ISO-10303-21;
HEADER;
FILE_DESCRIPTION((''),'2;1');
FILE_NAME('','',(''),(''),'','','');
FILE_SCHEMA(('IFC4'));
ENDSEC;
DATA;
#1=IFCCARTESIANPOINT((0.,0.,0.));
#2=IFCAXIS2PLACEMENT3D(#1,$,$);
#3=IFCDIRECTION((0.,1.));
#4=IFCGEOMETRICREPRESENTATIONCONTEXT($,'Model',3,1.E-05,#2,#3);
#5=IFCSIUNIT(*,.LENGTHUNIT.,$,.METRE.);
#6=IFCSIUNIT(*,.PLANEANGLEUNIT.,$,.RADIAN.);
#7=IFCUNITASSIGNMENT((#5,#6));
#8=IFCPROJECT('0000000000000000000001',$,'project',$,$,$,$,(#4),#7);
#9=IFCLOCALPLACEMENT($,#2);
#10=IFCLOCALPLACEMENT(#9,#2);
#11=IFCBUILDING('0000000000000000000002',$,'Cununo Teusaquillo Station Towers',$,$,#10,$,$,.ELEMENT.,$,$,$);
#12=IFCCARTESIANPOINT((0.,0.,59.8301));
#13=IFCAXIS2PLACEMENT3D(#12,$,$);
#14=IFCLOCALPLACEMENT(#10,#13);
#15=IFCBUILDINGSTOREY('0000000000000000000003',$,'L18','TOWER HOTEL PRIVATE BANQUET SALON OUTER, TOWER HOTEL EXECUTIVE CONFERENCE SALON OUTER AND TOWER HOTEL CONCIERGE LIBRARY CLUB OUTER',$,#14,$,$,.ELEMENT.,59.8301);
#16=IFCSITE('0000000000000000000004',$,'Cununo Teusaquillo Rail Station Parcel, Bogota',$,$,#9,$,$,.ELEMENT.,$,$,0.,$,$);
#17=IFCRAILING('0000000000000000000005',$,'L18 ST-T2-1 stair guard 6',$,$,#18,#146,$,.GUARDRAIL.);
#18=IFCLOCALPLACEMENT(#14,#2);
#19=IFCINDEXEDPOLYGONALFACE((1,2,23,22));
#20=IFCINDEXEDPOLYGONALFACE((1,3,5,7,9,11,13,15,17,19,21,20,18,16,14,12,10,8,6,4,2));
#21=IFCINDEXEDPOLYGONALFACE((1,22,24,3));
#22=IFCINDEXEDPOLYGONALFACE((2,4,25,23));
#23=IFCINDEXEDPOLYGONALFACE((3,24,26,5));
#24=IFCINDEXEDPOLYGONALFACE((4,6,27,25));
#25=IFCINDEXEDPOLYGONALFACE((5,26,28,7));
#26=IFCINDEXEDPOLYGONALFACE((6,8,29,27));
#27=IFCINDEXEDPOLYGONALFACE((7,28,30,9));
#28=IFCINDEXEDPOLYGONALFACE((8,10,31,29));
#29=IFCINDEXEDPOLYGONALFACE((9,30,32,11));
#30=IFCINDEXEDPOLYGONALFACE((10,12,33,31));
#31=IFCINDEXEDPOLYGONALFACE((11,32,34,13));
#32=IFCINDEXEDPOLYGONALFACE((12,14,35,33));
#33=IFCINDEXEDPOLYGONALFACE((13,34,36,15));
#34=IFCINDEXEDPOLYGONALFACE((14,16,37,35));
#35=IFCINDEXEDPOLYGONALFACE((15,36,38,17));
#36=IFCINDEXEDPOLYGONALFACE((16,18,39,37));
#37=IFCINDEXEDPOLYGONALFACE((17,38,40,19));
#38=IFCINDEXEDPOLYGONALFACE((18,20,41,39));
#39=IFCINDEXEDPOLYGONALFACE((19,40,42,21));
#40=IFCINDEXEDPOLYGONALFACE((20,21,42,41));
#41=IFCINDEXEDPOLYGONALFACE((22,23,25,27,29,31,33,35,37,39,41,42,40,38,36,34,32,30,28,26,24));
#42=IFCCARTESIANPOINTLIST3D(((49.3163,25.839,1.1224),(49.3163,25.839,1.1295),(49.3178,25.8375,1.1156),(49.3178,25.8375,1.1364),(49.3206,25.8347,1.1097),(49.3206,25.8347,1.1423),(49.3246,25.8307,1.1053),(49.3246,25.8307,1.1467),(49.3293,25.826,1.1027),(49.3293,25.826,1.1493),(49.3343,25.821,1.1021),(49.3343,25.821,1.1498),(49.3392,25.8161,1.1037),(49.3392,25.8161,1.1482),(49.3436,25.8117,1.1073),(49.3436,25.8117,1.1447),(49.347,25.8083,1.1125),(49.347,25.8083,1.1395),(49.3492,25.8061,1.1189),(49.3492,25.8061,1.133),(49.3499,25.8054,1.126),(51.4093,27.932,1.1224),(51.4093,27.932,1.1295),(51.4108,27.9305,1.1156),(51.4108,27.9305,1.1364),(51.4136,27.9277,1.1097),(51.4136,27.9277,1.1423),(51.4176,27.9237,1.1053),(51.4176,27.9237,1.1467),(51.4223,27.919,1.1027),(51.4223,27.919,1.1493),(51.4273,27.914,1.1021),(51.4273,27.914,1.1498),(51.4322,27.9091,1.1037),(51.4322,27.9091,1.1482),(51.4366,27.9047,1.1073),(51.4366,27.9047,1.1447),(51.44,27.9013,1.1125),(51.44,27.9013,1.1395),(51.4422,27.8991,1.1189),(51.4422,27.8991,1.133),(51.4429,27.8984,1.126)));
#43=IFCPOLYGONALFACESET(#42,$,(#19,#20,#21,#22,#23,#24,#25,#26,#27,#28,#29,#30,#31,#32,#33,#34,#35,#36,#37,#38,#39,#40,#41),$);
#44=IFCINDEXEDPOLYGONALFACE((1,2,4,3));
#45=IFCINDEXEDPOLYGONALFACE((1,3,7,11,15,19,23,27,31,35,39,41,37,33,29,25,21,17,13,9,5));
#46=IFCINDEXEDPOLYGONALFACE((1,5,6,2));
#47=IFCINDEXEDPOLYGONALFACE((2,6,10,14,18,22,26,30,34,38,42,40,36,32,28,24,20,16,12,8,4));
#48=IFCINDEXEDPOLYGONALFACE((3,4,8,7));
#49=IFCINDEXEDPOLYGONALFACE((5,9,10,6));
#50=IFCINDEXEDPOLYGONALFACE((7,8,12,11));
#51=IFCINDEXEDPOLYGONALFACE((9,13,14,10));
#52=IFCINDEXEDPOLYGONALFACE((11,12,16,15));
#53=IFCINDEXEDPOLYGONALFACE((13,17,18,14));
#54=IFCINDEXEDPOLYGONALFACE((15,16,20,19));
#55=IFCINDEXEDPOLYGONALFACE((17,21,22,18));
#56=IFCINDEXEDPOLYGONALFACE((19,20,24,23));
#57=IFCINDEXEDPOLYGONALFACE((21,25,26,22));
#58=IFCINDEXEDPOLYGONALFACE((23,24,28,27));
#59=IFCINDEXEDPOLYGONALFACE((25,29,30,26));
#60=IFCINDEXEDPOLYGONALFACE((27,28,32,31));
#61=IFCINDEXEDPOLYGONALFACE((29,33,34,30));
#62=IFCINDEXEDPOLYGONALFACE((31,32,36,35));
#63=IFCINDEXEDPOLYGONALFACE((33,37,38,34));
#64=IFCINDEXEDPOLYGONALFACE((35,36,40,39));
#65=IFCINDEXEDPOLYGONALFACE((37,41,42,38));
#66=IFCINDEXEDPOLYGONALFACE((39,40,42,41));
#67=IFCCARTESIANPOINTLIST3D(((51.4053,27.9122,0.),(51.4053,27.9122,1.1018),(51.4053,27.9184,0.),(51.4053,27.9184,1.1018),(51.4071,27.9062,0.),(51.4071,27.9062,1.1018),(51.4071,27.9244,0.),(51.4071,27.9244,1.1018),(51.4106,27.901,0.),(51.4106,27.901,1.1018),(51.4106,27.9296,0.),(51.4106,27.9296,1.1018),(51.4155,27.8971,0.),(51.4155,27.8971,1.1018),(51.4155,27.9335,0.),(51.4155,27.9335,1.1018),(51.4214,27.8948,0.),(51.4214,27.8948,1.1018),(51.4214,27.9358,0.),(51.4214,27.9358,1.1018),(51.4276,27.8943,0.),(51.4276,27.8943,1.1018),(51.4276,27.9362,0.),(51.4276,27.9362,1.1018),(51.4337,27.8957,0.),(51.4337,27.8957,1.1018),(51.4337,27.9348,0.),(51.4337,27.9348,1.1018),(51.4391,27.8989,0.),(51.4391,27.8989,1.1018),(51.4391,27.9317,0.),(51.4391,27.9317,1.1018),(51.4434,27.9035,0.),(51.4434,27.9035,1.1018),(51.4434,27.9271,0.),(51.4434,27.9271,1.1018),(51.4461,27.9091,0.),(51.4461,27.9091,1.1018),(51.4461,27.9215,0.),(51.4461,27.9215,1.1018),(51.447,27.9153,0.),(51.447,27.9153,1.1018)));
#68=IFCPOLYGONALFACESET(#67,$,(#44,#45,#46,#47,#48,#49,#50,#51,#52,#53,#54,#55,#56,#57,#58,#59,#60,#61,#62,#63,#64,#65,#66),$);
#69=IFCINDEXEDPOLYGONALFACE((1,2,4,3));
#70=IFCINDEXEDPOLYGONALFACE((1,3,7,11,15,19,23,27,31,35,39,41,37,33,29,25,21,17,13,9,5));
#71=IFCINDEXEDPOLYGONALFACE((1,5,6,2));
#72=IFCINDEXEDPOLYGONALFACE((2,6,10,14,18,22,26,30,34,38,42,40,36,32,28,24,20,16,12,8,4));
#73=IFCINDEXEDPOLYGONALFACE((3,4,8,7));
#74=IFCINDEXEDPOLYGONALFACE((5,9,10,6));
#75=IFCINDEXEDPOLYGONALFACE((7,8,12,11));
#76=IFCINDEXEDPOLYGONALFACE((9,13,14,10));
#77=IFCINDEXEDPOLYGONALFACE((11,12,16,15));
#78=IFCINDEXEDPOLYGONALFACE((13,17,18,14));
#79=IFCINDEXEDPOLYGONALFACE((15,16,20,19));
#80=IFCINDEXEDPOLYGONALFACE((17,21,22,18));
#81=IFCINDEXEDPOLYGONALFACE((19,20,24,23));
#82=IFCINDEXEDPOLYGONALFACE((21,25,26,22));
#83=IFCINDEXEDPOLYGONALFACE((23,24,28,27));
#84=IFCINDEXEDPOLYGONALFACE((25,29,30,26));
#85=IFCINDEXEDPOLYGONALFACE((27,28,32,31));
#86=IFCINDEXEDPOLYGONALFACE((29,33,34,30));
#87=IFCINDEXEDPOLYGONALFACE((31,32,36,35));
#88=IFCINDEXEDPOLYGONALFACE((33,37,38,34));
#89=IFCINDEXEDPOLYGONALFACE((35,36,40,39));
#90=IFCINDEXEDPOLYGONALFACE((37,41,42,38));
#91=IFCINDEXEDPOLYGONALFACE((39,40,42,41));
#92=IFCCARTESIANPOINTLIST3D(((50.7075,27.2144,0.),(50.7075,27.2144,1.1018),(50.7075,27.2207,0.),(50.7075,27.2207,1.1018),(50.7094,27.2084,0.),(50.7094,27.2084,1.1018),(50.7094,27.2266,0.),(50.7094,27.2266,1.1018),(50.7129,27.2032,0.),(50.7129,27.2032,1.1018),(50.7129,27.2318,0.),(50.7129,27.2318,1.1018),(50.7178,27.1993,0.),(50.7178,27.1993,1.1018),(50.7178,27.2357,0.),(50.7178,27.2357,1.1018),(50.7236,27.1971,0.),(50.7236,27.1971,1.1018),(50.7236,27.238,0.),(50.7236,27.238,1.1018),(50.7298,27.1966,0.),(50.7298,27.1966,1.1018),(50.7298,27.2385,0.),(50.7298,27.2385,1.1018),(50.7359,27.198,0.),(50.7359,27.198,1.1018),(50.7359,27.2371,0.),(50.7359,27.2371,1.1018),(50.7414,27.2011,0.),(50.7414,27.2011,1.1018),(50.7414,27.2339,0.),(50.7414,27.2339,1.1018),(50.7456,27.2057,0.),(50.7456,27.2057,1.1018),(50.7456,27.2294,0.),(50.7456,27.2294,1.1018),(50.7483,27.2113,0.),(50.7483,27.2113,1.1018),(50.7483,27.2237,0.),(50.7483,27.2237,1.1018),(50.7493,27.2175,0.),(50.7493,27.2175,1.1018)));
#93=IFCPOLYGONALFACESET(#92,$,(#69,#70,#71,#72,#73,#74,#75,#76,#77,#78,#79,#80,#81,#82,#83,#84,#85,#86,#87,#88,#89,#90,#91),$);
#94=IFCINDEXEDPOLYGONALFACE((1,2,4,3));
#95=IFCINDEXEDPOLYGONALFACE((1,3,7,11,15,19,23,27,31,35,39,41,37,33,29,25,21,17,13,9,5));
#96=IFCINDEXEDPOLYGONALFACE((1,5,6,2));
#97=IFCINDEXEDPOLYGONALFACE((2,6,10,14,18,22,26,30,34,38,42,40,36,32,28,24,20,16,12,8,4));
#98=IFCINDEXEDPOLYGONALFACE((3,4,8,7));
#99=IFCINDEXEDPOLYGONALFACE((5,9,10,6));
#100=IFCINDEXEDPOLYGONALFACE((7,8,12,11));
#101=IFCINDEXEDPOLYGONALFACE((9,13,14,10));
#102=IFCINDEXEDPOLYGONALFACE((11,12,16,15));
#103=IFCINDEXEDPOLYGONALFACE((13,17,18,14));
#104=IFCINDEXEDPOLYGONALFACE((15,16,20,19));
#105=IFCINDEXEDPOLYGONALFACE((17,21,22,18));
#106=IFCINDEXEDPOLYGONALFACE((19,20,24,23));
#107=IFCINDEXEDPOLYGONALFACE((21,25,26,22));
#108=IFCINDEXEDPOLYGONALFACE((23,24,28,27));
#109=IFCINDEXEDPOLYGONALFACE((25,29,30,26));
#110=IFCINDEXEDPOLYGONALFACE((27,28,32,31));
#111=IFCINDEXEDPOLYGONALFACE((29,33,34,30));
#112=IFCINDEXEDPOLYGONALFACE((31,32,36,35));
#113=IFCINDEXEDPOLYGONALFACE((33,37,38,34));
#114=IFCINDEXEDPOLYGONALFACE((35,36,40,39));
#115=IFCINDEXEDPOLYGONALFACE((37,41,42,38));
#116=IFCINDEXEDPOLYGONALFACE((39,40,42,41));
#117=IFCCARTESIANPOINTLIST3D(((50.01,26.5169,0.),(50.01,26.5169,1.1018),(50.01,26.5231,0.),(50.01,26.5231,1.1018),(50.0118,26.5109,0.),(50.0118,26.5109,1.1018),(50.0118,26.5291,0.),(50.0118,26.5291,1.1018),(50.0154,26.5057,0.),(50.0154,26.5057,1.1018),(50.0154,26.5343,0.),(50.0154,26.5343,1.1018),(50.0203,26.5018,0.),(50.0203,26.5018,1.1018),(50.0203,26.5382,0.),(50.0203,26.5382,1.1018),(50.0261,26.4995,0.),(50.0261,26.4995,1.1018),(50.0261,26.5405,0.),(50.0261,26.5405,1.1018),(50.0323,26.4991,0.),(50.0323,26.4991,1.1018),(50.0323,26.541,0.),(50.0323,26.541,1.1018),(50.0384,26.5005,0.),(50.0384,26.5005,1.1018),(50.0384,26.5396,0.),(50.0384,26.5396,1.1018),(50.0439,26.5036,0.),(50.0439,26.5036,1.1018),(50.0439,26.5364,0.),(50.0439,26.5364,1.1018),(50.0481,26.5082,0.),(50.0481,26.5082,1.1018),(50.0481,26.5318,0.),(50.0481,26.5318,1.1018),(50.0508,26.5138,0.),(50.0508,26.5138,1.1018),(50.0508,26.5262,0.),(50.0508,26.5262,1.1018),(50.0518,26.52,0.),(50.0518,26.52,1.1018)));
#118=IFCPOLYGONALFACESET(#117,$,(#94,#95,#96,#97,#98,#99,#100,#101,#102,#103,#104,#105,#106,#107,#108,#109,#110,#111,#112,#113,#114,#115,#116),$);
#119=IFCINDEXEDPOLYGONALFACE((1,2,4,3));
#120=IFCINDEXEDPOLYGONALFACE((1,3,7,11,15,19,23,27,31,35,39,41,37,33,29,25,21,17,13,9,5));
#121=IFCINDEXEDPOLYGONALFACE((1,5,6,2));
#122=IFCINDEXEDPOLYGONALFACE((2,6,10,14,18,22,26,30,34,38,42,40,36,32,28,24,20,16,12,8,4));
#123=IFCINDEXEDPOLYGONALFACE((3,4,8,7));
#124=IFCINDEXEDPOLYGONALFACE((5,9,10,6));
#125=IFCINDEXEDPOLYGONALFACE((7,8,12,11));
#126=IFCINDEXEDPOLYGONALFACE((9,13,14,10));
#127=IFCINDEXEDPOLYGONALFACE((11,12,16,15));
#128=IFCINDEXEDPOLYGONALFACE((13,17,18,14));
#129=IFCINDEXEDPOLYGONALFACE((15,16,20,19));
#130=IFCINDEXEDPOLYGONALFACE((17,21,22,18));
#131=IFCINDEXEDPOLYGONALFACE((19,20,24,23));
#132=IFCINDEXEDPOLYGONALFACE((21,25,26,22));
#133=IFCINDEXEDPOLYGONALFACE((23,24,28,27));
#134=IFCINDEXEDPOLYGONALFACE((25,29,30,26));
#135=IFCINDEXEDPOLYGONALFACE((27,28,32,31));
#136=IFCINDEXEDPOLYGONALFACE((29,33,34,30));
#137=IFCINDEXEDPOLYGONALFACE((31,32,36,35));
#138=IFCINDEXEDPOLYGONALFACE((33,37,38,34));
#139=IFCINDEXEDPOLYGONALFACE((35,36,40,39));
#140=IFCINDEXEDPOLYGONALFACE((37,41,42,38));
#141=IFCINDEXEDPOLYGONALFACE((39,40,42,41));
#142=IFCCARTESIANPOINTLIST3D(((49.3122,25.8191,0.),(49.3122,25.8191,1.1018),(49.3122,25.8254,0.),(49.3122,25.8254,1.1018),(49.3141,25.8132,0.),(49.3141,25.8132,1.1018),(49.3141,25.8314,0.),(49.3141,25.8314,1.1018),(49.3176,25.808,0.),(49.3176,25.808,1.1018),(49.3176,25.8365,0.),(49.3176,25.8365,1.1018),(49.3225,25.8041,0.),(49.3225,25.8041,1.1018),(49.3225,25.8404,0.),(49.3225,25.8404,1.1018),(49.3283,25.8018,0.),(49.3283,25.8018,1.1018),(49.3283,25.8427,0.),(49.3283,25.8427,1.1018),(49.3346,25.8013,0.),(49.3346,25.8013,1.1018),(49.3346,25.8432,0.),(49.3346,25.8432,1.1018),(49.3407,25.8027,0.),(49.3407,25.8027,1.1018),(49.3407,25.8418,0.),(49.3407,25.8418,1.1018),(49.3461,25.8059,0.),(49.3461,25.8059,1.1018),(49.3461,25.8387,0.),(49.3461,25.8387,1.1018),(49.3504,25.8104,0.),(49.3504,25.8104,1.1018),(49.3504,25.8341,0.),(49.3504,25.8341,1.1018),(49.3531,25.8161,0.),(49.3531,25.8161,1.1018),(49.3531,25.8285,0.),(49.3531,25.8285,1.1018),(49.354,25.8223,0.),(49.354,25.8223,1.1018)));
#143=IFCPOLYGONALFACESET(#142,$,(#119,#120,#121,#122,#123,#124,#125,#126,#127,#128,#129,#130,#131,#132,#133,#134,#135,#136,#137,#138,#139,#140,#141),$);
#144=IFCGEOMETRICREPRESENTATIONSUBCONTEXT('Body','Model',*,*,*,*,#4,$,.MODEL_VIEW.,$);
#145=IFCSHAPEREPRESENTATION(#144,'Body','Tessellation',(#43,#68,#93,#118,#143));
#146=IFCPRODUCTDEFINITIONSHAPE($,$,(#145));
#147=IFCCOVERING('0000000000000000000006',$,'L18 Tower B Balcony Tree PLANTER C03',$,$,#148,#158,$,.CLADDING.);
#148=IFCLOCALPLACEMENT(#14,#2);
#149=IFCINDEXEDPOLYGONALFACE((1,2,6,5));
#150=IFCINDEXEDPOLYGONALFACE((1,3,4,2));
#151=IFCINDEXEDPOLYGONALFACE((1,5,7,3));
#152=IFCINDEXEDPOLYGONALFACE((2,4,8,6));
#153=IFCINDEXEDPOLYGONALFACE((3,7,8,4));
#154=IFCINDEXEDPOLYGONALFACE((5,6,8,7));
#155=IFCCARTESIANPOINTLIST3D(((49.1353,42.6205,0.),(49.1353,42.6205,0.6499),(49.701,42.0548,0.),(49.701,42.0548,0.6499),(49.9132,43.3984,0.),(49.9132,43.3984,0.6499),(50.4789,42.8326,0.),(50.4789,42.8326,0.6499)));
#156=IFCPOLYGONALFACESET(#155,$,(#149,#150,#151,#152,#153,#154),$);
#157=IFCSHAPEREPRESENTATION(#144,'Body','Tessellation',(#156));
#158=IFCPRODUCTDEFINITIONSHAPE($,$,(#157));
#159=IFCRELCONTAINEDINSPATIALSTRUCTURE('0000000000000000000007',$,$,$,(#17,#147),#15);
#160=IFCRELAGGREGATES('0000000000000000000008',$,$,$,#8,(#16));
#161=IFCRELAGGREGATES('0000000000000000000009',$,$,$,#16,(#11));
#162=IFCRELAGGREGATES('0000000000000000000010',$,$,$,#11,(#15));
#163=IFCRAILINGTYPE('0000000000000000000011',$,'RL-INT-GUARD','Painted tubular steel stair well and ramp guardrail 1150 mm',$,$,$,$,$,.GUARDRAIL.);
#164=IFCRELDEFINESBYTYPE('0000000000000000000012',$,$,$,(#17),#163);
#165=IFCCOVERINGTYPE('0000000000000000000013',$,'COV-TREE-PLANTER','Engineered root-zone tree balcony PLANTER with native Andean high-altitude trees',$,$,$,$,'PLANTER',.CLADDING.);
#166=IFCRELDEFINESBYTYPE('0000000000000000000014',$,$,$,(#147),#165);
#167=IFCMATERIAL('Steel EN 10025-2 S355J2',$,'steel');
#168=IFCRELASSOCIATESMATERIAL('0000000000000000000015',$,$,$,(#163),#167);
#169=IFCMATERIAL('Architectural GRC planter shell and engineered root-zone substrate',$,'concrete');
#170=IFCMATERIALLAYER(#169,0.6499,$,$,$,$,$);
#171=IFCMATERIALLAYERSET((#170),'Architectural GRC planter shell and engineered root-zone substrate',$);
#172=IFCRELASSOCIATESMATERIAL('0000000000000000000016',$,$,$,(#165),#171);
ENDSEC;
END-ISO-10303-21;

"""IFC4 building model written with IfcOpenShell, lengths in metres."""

from ifc_helpers import new_model, si_unit, direction, frame, origin, origin_2d, place, context, subcontext, project, spatial, rectangle, circle, extrude, source, transform, mapped, material, layer, layer_set, type_object, element, save


model = new_model("IFC4")

# Units and contexts
model_context = context("Model", 3, precision=1e-05, world=origin(), true_north=direction((0.0, 1.0)))
body_context = subcontext(model_context, "Body", "Model", "MODEL_VIEW")
ifc_project = project(units=[si_unit("LENGTHUNIT", "METRE"), si_unit("PLANEANGLEUNIT", "RADIAN")], contexts=[model_context])

# Site, building, storey
site_placement = place(None, origin())
site = spatial("IfcSite", under=ifc_project, at=site_placement, Name="Cununo Teusaquillo Rail Station Parcel, Bogota", CompositionType="ELEMENT", RefElevation=0.0)
building_placement = place(site_placement, origin())
building = spatial("IfcBuilding", under=site, at=building_placement, Name="Cununo Teusaquillo Station Towers", CompositionType="ELEMENT")
storey_placement = place(building_placement, frame((0.0, 0.0, 59.8301)))
storey = spatial("IfcBuildingStorey", under=building, at=storey_placement, Name="L18", Description="TOWER HOTEL PRIVATE BANQUET SALON OUTER, TOWER HOTEL EXECUTIVE CONFERENCE SALON OUTER AND TOWER HOTEL CONCIERGE LIBRARY CLUB OUTER", CompositionType="ELEMENT", Elevation=59.8301)

# Railing
ifc_material_1 = material(Name="Steel EN 10025-2 S355J2", Category="steel")
railing_type = type_object("IfcRailingType", Name="RL-INT-GUARD", Description="Painted tubular steel stair well and ramp guardrail 1150 mm", PredefinedType="GUARDRAIL", material=ifc_material_1)
railing_1_placement = place(storey_placement, frame((51.426, 27.9153, 0.0)))
element("IfcRailing", 1, at=railing_1_placement, inside=storey, type_object=railing_type, Name="L18 ST-T2-1 stair guard 6", PredefinedType="GUARDRAIL", context=body_context, shape_type="SweptSolid", body=[
    extrude(circle(Radius=0.0239, at=origin_2d()), frame((0.0, 0.0, 1.126), z_axis=(-0.707107, -0.707107, 0.0), x_axis=(0.707107, -0.707107, 0.0)), (0.0, 0.0, 1.0), 2.96),
    extrude(circle(Radius=0.021, at=origin_2d()), origin(), (0.0, 0.0, 1.0), 1.1018),
    extrude(circle(Radius=0.021, at=origin_2d()), frame((-0.6978, -0.6978, 0.0)), (0.0, 0.0, 1.0), 1.1018),
    extrude(circle(Radius=0.021, at=origin_2d()), frame((-1.3953, -1.3953, 0.0)), (0.0, 0.0, 1.0), 1.1018),
    extrude(circle(Radius=0.021, at=origin_2d()), frame((-2.093, -2.093, 0.0)), (0.0, 0.0, 1.0), 1.1018),
])

# Covering
ifc_material_2 = material(Name="Architectural GRC planter shell and engineered root-zone substrate", Category="concrete")
ifc_layer_1 = layer(ifc_material_2, 0.6499)
ifc_layer_set_1 = layer_set([ifc_layer_1], Name="Architectural GRC planter shell and engineered root-zone substrate")
covering_type = type_object("IfcCoveringType", Name="COV-TREE-PLANTER", Description="Engineered root-zone tree balcony PLANTER with native Andean high-altitude trees", ElementType="PLANTER", PredefinedType="CLADDING", material=ifc_layer_set_1)
shared_shape_1 = source(origin(), body_context, "Body", "SweptSolid", [
    extrude(rectangle(XDim=1.1001, YDim=0.8, at=origin_2d()), origin(), (0.0, 0.0, 1.0), 0.6499),
])
covering_placement = place(storey_placement, frame((49.8071, 42.7266, 0.0), z_axis=(0.0, 0.0, 1.0), x_axis=(0.707107, 0.707107, 0.0)))
element("IfcCovering", 2, at=covering_placement, inside=storey, type_object=covering_type, Name="L18 Tower B Balcony Tree PLANTER C03", PredefinedType="CLADDING", context=body_context, shape_type="MappedRepresentation", body=[
    mapped(shared_shape_1, transform((0.0, 0.0, 0.0), x_axis=(1.0, 0.0, 0.0), y_axis=(0.0, 1.0, 0.0), z_axis=(0.0, 0.0, 1.0), scale=1.0)),
])

save(model, "model.ifc")
